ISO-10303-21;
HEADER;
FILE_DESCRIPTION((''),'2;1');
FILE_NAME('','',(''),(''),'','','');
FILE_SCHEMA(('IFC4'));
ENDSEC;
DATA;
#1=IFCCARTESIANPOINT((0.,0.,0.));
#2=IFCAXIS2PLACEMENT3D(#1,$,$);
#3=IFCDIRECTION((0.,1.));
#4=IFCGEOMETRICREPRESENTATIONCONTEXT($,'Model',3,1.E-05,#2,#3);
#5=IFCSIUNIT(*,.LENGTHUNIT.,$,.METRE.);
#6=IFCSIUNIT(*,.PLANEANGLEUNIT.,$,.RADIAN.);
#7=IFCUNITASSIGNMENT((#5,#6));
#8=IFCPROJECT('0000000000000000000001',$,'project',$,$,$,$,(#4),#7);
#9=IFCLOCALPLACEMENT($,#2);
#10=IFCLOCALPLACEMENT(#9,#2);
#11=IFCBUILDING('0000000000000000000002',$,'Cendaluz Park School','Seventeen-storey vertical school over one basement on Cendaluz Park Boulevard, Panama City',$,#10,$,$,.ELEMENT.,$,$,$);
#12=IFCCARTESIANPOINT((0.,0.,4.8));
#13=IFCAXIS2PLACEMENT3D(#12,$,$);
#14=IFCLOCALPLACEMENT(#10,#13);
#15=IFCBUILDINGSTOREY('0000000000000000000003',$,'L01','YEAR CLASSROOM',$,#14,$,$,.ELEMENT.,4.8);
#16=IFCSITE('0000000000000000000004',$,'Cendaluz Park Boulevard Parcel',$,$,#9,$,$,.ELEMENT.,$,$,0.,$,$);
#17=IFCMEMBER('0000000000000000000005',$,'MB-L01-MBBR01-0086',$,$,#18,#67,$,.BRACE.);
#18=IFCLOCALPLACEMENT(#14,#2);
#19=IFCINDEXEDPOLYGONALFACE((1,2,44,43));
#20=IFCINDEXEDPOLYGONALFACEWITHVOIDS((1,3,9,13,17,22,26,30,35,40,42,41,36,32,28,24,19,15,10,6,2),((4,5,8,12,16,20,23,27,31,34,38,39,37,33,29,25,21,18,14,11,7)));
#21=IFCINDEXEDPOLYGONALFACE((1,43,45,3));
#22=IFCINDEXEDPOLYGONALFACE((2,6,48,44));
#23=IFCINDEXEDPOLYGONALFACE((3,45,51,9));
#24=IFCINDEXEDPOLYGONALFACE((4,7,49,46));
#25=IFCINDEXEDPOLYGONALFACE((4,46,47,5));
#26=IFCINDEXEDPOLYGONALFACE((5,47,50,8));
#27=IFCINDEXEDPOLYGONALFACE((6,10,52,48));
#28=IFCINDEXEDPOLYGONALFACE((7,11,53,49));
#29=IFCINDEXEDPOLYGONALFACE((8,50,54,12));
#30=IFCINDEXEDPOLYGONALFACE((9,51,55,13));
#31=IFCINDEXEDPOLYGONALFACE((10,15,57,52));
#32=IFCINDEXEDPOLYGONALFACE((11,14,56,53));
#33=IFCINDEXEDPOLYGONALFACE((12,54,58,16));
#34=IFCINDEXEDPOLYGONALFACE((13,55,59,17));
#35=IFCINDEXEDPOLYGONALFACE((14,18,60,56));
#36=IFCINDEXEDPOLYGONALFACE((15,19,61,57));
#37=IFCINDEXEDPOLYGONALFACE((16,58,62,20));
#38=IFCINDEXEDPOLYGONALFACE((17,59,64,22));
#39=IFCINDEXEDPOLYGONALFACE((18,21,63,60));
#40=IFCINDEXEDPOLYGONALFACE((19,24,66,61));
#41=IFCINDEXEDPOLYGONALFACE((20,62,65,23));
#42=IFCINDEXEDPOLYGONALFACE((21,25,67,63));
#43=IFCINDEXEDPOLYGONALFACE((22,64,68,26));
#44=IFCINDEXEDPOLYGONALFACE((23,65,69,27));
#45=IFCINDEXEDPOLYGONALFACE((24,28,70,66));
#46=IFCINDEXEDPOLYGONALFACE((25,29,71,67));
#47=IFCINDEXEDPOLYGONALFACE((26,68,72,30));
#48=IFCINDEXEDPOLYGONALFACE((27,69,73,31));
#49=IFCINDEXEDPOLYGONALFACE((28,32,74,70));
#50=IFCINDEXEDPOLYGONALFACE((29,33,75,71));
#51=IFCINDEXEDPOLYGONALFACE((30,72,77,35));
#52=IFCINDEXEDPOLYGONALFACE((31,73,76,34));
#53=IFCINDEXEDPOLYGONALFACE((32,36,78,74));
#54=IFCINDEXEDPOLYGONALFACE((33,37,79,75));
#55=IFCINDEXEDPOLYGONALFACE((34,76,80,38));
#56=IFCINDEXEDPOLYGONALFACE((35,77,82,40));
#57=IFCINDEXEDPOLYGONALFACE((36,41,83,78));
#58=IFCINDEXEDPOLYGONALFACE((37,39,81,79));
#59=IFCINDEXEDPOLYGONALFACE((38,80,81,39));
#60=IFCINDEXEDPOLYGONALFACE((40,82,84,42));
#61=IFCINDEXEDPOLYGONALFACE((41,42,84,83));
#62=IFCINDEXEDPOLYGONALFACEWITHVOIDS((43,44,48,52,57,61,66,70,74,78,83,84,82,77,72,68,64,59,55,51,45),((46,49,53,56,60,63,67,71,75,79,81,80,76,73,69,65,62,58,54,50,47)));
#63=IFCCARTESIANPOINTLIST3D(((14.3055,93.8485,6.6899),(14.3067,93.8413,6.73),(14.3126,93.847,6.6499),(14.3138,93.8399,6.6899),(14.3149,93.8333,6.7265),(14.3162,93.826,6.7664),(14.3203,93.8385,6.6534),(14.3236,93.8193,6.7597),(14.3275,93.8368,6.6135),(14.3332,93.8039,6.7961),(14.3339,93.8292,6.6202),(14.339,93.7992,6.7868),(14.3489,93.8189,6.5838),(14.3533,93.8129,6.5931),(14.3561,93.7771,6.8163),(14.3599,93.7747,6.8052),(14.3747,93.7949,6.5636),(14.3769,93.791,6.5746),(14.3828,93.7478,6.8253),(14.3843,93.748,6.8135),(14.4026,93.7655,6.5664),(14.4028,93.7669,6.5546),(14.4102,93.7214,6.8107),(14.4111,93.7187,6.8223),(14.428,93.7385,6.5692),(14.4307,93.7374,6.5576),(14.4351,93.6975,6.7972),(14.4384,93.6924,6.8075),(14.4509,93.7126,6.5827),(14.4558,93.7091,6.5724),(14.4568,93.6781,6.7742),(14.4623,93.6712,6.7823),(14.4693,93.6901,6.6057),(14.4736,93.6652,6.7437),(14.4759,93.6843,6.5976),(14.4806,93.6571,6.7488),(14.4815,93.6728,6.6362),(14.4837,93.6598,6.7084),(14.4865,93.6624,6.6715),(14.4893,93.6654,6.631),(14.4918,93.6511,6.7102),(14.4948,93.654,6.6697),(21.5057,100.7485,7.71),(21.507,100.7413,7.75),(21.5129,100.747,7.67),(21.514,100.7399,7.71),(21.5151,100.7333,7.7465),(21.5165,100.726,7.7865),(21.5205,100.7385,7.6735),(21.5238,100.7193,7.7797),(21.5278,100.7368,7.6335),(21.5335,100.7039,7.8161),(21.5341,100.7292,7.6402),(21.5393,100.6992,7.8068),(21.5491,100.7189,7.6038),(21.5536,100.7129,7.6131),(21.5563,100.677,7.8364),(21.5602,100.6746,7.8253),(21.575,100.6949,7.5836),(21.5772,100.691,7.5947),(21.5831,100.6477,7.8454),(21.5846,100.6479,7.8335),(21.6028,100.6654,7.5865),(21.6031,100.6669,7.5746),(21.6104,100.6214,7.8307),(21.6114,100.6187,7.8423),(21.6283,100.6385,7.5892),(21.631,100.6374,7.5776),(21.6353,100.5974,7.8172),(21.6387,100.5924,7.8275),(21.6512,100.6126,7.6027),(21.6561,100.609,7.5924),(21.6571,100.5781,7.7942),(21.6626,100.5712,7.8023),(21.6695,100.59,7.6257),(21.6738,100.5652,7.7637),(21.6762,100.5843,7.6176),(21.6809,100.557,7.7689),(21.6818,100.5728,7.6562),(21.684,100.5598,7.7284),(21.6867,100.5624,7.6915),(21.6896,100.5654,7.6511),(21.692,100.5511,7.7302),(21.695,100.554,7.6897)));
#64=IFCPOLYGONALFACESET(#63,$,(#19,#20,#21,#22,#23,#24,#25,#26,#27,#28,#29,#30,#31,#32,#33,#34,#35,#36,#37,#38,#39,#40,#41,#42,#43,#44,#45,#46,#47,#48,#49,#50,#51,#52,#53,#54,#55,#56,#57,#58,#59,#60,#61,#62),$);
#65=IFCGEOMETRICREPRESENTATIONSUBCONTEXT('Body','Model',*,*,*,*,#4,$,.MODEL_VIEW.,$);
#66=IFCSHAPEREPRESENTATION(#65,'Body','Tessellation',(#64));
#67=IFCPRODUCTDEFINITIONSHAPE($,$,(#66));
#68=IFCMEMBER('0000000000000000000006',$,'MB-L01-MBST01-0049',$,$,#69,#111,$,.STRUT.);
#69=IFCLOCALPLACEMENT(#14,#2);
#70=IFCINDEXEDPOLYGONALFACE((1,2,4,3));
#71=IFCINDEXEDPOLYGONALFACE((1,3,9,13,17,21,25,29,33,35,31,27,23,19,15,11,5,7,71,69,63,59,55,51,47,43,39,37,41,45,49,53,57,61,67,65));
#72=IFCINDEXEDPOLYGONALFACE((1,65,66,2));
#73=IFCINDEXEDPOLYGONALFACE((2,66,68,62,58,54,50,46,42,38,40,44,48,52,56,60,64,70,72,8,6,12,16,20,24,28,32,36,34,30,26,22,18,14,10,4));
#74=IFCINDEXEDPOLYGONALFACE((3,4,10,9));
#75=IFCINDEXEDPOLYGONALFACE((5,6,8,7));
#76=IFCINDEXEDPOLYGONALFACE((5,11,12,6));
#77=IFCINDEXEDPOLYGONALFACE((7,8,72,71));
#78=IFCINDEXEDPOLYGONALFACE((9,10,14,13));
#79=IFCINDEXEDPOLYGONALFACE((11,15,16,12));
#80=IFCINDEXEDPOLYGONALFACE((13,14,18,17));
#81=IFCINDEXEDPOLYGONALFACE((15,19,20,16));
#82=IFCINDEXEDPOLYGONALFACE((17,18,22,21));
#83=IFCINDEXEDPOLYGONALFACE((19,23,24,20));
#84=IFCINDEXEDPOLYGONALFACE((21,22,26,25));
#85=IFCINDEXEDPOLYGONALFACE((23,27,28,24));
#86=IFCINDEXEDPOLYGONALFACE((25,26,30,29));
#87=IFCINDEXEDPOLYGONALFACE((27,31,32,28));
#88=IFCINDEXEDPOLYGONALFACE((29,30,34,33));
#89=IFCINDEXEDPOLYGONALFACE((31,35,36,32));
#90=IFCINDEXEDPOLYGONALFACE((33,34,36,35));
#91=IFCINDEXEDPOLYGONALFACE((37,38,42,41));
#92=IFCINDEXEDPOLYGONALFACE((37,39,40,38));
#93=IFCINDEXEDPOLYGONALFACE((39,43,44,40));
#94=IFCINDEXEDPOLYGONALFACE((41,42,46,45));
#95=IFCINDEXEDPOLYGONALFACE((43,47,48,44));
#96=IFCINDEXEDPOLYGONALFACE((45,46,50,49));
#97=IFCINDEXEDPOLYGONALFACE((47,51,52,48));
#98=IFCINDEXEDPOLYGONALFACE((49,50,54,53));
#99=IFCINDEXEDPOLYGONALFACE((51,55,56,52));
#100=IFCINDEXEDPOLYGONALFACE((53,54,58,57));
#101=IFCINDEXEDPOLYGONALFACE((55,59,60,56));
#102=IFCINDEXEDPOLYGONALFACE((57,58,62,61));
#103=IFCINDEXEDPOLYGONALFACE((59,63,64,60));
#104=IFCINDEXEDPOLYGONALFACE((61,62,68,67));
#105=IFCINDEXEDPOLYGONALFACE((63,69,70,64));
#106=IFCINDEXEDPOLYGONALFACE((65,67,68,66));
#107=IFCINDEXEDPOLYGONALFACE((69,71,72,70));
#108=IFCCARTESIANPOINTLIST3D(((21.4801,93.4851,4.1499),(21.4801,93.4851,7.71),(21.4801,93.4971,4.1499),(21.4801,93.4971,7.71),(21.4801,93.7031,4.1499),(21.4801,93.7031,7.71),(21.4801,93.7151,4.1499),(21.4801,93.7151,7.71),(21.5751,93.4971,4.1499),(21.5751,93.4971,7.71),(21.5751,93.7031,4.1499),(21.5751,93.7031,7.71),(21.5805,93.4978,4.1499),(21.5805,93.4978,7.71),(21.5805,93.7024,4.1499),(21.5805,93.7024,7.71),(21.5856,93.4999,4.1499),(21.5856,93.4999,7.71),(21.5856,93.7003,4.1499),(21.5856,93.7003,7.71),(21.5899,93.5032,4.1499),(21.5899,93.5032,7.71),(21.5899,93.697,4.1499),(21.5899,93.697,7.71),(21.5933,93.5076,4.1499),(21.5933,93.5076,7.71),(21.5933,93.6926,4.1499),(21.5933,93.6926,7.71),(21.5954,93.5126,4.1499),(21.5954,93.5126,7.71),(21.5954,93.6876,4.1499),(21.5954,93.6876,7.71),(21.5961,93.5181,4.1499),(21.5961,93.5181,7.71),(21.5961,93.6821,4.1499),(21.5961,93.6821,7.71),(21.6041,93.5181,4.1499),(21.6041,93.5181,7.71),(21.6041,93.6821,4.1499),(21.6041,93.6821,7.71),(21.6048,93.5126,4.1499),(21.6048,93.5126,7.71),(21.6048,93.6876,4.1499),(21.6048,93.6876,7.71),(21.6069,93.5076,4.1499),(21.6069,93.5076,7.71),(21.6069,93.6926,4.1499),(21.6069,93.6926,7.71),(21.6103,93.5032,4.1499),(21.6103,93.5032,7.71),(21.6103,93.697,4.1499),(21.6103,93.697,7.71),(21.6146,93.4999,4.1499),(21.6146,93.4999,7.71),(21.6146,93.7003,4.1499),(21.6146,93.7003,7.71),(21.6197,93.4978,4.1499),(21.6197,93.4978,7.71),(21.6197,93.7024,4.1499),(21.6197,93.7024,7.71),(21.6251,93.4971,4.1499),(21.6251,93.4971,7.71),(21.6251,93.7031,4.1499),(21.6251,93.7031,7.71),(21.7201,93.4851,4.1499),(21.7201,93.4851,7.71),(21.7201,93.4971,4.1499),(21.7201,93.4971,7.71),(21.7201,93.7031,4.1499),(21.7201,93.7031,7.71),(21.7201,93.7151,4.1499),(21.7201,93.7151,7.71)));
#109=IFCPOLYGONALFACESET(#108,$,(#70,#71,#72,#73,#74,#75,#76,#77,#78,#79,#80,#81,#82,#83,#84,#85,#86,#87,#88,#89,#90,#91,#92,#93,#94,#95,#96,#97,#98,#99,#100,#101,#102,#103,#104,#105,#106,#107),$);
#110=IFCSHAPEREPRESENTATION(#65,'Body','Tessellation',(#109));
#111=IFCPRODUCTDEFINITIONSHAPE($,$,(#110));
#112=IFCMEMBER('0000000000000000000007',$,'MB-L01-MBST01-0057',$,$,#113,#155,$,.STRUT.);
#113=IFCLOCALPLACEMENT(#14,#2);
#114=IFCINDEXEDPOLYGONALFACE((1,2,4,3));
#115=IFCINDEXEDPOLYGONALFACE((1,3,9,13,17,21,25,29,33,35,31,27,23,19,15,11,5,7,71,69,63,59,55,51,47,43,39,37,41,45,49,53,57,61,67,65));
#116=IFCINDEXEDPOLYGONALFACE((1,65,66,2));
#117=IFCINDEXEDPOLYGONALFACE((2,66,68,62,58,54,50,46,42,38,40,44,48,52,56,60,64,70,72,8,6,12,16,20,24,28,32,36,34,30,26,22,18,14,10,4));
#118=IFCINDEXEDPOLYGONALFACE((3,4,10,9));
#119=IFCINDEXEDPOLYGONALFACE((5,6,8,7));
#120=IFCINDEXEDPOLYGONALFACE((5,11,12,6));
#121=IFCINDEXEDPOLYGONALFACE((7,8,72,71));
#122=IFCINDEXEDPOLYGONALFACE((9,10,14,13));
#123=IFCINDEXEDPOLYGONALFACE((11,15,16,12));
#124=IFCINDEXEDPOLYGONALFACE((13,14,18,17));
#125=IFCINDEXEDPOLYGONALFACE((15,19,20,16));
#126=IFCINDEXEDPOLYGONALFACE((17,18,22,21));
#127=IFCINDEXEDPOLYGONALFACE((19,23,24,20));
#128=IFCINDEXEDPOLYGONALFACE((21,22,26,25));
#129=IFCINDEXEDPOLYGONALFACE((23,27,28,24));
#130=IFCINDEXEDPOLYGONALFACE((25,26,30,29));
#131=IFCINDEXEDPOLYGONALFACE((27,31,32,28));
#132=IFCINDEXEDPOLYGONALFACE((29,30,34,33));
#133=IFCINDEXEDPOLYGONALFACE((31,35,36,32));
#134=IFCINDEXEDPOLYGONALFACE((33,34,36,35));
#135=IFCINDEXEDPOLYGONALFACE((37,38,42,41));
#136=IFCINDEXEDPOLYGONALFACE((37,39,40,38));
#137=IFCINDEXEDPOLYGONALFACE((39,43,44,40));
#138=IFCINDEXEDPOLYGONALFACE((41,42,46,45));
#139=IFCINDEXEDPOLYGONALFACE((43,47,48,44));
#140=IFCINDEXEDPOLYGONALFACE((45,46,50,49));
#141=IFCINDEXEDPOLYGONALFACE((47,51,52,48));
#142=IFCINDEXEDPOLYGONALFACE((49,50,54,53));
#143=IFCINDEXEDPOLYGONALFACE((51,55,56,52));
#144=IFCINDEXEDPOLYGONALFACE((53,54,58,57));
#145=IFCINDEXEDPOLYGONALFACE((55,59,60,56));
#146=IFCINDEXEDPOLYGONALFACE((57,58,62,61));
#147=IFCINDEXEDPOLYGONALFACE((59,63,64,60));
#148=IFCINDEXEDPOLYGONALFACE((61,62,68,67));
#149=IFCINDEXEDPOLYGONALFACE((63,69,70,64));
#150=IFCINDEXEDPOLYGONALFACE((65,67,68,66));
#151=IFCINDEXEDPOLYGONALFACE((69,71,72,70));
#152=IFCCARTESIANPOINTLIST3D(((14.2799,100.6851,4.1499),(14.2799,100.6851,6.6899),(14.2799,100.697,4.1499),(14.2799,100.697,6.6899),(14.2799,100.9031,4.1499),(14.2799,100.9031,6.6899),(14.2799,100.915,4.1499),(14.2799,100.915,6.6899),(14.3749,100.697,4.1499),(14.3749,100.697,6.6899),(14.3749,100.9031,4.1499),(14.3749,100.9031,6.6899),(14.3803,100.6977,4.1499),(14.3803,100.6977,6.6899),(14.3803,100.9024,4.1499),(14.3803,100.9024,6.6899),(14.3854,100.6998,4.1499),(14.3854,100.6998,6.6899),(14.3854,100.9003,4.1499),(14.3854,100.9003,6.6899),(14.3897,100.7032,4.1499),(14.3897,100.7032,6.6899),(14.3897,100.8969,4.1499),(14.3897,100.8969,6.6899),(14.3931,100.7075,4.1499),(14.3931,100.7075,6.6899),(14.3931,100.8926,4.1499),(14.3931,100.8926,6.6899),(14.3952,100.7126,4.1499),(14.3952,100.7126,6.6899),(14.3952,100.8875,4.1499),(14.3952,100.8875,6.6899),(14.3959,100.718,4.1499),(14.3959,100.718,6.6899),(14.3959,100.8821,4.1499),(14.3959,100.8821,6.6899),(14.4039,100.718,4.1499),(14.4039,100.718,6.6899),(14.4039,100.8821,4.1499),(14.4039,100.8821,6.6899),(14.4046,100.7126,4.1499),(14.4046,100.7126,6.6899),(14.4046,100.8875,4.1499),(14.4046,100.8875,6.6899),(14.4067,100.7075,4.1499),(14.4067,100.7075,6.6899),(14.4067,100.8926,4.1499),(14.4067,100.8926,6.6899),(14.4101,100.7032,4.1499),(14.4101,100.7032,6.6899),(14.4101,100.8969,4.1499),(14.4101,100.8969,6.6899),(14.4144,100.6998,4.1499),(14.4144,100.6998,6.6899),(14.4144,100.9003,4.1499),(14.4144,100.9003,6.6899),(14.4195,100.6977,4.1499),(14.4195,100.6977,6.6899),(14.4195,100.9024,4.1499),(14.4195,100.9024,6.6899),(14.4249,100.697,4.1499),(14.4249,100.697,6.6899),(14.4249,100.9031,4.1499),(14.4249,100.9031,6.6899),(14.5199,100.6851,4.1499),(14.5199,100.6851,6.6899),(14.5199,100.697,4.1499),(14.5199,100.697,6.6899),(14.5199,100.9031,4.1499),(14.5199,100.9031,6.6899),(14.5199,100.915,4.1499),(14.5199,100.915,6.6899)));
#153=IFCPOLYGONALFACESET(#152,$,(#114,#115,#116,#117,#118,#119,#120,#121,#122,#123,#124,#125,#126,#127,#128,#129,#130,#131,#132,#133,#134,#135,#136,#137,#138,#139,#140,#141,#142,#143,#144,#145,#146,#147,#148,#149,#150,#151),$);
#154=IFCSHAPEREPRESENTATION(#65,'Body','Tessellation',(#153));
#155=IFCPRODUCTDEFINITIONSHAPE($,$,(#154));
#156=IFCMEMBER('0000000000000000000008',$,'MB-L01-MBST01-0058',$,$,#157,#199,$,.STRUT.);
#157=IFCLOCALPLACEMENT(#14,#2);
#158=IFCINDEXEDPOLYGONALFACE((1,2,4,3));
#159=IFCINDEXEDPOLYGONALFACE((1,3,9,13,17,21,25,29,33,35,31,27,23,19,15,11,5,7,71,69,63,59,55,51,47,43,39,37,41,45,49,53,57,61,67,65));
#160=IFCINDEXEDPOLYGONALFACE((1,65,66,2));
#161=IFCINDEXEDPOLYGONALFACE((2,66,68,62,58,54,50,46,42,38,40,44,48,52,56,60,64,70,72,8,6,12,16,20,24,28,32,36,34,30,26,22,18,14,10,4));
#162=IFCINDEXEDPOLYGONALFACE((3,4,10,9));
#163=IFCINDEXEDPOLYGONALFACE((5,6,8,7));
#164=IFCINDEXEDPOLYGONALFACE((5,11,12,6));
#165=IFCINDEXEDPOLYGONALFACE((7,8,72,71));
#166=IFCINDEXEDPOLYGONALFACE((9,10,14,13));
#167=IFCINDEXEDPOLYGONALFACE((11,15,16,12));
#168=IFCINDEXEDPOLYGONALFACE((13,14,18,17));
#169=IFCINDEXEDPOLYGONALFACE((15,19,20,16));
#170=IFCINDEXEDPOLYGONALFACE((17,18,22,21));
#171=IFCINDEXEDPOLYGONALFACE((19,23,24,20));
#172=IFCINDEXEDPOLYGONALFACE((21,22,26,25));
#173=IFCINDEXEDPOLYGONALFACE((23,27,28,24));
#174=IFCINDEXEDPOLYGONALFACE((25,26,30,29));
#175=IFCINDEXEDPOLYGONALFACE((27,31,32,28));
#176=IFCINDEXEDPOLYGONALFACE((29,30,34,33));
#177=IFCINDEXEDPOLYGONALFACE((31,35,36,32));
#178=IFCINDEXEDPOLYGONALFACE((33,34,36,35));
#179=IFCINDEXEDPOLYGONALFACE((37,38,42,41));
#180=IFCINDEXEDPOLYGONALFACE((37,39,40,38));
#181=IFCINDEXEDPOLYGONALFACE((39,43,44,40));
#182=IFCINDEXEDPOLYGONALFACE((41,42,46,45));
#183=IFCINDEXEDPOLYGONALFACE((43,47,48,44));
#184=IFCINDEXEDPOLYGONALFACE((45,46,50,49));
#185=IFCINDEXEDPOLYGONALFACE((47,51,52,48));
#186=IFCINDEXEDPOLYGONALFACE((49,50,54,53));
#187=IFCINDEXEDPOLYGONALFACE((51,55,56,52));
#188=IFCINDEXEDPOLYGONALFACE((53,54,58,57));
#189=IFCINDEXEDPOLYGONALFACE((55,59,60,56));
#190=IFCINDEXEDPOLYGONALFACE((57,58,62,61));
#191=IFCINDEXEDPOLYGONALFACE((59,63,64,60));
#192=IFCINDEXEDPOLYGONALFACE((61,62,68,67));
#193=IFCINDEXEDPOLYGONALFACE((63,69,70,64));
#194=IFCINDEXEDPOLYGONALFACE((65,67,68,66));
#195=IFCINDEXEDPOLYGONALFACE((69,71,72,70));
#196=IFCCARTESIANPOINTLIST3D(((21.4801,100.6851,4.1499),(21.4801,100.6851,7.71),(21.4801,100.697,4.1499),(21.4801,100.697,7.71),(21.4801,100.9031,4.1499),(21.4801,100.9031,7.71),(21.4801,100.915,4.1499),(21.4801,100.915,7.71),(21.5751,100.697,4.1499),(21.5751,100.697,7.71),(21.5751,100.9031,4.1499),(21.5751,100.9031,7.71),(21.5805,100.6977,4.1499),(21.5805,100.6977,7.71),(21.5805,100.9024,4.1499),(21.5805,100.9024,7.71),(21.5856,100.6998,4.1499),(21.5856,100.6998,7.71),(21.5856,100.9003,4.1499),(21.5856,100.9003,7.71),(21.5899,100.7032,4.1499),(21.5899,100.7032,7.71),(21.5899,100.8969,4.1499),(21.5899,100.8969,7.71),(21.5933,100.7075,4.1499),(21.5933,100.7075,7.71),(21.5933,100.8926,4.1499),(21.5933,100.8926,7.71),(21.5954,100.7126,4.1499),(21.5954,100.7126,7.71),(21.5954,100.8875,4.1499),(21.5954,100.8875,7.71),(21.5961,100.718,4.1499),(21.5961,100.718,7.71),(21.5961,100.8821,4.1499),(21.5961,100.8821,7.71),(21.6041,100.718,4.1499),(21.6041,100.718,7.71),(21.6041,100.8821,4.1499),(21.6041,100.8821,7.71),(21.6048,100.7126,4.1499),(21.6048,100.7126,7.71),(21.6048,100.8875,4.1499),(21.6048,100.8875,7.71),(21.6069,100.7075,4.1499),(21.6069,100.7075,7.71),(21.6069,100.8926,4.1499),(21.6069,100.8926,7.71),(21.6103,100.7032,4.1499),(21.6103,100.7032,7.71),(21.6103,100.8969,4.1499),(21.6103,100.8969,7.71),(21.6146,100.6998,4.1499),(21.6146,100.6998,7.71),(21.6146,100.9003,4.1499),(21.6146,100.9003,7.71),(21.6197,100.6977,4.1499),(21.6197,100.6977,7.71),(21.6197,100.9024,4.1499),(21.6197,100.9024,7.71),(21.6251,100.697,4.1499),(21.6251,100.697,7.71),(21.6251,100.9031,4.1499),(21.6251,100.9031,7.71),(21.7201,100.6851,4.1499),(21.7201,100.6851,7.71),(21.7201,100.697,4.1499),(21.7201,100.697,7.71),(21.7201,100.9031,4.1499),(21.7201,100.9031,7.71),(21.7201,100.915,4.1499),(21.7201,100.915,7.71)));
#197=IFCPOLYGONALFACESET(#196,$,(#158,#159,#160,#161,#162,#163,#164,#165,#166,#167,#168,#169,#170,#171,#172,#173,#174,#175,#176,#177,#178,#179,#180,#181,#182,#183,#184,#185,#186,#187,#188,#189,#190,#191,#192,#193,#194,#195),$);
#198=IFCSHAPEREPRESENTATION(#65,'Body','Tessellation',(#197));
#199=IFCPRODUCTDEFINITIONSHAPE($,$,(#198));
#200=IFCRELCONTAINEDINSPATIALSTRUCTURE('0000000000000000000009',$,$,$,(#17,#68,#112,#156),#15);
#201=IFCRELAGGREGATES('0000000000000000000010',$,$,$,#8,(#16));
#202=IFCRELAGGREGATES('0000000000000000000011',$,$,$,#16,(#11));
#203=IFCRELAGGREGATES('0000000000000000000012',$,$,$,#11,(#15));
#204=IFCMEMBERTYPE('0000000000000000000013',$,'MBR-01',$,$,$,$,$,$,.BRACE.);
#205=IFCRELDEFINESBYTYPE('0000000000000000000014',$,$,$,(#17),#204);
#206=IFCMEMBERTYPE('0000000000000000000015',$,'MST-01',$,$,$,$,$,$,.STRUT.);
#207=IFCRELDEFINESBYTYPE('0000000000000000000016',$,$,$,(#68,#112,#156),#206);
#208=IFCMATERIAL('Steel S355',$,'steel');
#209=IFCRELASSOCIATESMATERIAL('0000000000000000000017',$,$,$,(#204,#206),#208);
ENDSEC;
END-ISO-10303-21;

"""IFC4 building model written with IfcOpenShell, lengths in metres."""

from ifc_helpers import new_model, si_unit, direction, frame, origin, origin_2d, place, context, subcontext, project, spatial, hollow_circle, i_section, extrude, material, material_profile, profile_set, type_object, element, save


model = new_model("IFC4")

# Units and contexts
model_context = context("Model", 3, precision=1e-05, world=origin(), true_north=direction((0.0, 1.0)))
body_context = subcontext(model_context, "Body", "Model", "MODEL_VIEW")
ifc_project = project(units=[si_unit("LENGTHUNIT", "METRE"), si_unit("PLANEANGLEUNIT", "RADIAN")], contexts=[model_context])

# Site, building, storey
site_placement = place(None, origin())
site = spatial("IfcSite", under=ifc_project, at=site_placement, Name="Cendaluz Park Boulevard Parcel", CompositionType="ELEMENT", RefElevation=0.0)
building_placement = place(site_placement, origin())
building = spatial("IfcBuilding", under=site, at=building_placement, Name="Cendaluz Park School", Description="Seventeen-storey vertical school over one basement on Cendaluz Park Boulevard, Panama City", CompositionType="ELEMENT")
storey_placement = place(building_placement, frame((0.0, 0.0, 4.8)))
storey = spatial("IfcBuildingStorey", under=building, at=storey_placement, Name="L01", Description="YEAR CLASSROOM", CompositionType="ELEMENT", Elevation=4.8)

# Members
ifc_material_1 = material(Name="Steel S355", Category="steel")
ifc_material_profile_1 = material_profile(ifc_material_1, hollow_circle(Radius=0.1365, WallThickness=0.012, at=origin_2d()), Name="CHS 273x12", Category="steel")
ifc_profile_set_1 = profile_set([ifc_material_profile_1], Name="Steel S355")
member_type_1 = type_object("IfcMemberType", Name="MBR-01", PredefinedType="BRACE", material=ifc_profile_set_1)
member_1_placement = place(storey_placement, frame((14.3999, 93.75, 6.6899), z_axis=(0.718255, 0.688299, 0.101752), x_axis=(-0.69189, 0.722002, 0.0)))
element("IfcMember", 1, at=member_1_placement, inside=storey, type_object=member_type_1, Name="MB-L01-MBBR01-0086", PredefinedType="BRACE", context=body_context, shape_type="SweptSolid", body=[
    extrude(hollow_circle(Radius=0.1365, WallThickness=0.012, at=origin_2d()), origin(), (0.0, 0.0, 1.0), 10.0247),
])
ifc_material_profile_2 = material_profile(ifc_material_1, i_section(OverallWidth=0.24, OverallDepth=0.23, WebThickness=0.0081, FlangeThickness=0.012, FilletRadius=0.021, at=origin_2d()), Name="HEA 240", Category="steel")
ifc_profile_set_2 = profile_set([ifc_material_profile_2], Name="Steel S355")
member_type_2 = type_object("IfcMemberType", Name="MST-01", PredefinedType="STRUT", material=ifc_profile_set_2)
member_2_placement = place(storey_placement, frame((21.6001, 93.6001, 4.1499), z_axis=(0.0, 0.0, 1.0), x_axis=(1.0, 0.0, 0.0)))
element("IfcMember", 2, at=member_2_placement, inside=storey, type_object=member_type_2, Name="MB-L01-MBST01-0049", PredefinedType="STRUT", context=body_context, shape_type="SweptSolid", body=[
    extrude(i_section(OverallWidth=0.24, OverallDepth=0.23, WebThickness=0.0081, FlangeThickness=0.012, FilletRadius=0.021, at=origin_2d()), origin(), (0.0, 0.0, 1.0), 3.5601),
])
member_3_placement = place(storey_placement, frame((14.3999, 100.8, 4.1499), z_axis=(0.0, 0.0, 1.0), x_axis=(1.0, 0.0, 0.0)))
element("IfcMember", 3, at=member_3_placement, inside=storey, type_object=member_type_2, Name="MB-L01-MBST01-0057", PredefinedType="STRUT", context=body_context, shape_type="SweptSolid", body=[
    extrude(i_section(OverallWidth=0.24, OverallDepth=0.23, WebThickness=0.0081, FlangeThickness=0.012, FilletRadius=0.021, at=origin_2d()), origin(), (0.0, 0.0, 1.0), 2.54),
])
member_4_placement = place(storey_placement, frame((21.6001, 100.8, 4.1499), z_axis=(0.0, 0.0, 1.0), x_axis=(1.0, 0.0, 0.0)))
element("IfcMember", 4, at=member_4_placement, inside=storey, type_object=member_type_2, Name="MB-L01-MBST01-0058", PredefinedType="STRUT", context=body_context, shape_type="SweptSolid", body=[
    extrude(i_section(OverallWidth=0.24, OverallDepth=0.23, WebThickness=0.0081, FlangeThickness=0.012, FilletRadius=0.021, at=origin_2d()), origin(), (0.0, 0.0, 1.0), 3.5601),
])

save(model, "model.ifc")
